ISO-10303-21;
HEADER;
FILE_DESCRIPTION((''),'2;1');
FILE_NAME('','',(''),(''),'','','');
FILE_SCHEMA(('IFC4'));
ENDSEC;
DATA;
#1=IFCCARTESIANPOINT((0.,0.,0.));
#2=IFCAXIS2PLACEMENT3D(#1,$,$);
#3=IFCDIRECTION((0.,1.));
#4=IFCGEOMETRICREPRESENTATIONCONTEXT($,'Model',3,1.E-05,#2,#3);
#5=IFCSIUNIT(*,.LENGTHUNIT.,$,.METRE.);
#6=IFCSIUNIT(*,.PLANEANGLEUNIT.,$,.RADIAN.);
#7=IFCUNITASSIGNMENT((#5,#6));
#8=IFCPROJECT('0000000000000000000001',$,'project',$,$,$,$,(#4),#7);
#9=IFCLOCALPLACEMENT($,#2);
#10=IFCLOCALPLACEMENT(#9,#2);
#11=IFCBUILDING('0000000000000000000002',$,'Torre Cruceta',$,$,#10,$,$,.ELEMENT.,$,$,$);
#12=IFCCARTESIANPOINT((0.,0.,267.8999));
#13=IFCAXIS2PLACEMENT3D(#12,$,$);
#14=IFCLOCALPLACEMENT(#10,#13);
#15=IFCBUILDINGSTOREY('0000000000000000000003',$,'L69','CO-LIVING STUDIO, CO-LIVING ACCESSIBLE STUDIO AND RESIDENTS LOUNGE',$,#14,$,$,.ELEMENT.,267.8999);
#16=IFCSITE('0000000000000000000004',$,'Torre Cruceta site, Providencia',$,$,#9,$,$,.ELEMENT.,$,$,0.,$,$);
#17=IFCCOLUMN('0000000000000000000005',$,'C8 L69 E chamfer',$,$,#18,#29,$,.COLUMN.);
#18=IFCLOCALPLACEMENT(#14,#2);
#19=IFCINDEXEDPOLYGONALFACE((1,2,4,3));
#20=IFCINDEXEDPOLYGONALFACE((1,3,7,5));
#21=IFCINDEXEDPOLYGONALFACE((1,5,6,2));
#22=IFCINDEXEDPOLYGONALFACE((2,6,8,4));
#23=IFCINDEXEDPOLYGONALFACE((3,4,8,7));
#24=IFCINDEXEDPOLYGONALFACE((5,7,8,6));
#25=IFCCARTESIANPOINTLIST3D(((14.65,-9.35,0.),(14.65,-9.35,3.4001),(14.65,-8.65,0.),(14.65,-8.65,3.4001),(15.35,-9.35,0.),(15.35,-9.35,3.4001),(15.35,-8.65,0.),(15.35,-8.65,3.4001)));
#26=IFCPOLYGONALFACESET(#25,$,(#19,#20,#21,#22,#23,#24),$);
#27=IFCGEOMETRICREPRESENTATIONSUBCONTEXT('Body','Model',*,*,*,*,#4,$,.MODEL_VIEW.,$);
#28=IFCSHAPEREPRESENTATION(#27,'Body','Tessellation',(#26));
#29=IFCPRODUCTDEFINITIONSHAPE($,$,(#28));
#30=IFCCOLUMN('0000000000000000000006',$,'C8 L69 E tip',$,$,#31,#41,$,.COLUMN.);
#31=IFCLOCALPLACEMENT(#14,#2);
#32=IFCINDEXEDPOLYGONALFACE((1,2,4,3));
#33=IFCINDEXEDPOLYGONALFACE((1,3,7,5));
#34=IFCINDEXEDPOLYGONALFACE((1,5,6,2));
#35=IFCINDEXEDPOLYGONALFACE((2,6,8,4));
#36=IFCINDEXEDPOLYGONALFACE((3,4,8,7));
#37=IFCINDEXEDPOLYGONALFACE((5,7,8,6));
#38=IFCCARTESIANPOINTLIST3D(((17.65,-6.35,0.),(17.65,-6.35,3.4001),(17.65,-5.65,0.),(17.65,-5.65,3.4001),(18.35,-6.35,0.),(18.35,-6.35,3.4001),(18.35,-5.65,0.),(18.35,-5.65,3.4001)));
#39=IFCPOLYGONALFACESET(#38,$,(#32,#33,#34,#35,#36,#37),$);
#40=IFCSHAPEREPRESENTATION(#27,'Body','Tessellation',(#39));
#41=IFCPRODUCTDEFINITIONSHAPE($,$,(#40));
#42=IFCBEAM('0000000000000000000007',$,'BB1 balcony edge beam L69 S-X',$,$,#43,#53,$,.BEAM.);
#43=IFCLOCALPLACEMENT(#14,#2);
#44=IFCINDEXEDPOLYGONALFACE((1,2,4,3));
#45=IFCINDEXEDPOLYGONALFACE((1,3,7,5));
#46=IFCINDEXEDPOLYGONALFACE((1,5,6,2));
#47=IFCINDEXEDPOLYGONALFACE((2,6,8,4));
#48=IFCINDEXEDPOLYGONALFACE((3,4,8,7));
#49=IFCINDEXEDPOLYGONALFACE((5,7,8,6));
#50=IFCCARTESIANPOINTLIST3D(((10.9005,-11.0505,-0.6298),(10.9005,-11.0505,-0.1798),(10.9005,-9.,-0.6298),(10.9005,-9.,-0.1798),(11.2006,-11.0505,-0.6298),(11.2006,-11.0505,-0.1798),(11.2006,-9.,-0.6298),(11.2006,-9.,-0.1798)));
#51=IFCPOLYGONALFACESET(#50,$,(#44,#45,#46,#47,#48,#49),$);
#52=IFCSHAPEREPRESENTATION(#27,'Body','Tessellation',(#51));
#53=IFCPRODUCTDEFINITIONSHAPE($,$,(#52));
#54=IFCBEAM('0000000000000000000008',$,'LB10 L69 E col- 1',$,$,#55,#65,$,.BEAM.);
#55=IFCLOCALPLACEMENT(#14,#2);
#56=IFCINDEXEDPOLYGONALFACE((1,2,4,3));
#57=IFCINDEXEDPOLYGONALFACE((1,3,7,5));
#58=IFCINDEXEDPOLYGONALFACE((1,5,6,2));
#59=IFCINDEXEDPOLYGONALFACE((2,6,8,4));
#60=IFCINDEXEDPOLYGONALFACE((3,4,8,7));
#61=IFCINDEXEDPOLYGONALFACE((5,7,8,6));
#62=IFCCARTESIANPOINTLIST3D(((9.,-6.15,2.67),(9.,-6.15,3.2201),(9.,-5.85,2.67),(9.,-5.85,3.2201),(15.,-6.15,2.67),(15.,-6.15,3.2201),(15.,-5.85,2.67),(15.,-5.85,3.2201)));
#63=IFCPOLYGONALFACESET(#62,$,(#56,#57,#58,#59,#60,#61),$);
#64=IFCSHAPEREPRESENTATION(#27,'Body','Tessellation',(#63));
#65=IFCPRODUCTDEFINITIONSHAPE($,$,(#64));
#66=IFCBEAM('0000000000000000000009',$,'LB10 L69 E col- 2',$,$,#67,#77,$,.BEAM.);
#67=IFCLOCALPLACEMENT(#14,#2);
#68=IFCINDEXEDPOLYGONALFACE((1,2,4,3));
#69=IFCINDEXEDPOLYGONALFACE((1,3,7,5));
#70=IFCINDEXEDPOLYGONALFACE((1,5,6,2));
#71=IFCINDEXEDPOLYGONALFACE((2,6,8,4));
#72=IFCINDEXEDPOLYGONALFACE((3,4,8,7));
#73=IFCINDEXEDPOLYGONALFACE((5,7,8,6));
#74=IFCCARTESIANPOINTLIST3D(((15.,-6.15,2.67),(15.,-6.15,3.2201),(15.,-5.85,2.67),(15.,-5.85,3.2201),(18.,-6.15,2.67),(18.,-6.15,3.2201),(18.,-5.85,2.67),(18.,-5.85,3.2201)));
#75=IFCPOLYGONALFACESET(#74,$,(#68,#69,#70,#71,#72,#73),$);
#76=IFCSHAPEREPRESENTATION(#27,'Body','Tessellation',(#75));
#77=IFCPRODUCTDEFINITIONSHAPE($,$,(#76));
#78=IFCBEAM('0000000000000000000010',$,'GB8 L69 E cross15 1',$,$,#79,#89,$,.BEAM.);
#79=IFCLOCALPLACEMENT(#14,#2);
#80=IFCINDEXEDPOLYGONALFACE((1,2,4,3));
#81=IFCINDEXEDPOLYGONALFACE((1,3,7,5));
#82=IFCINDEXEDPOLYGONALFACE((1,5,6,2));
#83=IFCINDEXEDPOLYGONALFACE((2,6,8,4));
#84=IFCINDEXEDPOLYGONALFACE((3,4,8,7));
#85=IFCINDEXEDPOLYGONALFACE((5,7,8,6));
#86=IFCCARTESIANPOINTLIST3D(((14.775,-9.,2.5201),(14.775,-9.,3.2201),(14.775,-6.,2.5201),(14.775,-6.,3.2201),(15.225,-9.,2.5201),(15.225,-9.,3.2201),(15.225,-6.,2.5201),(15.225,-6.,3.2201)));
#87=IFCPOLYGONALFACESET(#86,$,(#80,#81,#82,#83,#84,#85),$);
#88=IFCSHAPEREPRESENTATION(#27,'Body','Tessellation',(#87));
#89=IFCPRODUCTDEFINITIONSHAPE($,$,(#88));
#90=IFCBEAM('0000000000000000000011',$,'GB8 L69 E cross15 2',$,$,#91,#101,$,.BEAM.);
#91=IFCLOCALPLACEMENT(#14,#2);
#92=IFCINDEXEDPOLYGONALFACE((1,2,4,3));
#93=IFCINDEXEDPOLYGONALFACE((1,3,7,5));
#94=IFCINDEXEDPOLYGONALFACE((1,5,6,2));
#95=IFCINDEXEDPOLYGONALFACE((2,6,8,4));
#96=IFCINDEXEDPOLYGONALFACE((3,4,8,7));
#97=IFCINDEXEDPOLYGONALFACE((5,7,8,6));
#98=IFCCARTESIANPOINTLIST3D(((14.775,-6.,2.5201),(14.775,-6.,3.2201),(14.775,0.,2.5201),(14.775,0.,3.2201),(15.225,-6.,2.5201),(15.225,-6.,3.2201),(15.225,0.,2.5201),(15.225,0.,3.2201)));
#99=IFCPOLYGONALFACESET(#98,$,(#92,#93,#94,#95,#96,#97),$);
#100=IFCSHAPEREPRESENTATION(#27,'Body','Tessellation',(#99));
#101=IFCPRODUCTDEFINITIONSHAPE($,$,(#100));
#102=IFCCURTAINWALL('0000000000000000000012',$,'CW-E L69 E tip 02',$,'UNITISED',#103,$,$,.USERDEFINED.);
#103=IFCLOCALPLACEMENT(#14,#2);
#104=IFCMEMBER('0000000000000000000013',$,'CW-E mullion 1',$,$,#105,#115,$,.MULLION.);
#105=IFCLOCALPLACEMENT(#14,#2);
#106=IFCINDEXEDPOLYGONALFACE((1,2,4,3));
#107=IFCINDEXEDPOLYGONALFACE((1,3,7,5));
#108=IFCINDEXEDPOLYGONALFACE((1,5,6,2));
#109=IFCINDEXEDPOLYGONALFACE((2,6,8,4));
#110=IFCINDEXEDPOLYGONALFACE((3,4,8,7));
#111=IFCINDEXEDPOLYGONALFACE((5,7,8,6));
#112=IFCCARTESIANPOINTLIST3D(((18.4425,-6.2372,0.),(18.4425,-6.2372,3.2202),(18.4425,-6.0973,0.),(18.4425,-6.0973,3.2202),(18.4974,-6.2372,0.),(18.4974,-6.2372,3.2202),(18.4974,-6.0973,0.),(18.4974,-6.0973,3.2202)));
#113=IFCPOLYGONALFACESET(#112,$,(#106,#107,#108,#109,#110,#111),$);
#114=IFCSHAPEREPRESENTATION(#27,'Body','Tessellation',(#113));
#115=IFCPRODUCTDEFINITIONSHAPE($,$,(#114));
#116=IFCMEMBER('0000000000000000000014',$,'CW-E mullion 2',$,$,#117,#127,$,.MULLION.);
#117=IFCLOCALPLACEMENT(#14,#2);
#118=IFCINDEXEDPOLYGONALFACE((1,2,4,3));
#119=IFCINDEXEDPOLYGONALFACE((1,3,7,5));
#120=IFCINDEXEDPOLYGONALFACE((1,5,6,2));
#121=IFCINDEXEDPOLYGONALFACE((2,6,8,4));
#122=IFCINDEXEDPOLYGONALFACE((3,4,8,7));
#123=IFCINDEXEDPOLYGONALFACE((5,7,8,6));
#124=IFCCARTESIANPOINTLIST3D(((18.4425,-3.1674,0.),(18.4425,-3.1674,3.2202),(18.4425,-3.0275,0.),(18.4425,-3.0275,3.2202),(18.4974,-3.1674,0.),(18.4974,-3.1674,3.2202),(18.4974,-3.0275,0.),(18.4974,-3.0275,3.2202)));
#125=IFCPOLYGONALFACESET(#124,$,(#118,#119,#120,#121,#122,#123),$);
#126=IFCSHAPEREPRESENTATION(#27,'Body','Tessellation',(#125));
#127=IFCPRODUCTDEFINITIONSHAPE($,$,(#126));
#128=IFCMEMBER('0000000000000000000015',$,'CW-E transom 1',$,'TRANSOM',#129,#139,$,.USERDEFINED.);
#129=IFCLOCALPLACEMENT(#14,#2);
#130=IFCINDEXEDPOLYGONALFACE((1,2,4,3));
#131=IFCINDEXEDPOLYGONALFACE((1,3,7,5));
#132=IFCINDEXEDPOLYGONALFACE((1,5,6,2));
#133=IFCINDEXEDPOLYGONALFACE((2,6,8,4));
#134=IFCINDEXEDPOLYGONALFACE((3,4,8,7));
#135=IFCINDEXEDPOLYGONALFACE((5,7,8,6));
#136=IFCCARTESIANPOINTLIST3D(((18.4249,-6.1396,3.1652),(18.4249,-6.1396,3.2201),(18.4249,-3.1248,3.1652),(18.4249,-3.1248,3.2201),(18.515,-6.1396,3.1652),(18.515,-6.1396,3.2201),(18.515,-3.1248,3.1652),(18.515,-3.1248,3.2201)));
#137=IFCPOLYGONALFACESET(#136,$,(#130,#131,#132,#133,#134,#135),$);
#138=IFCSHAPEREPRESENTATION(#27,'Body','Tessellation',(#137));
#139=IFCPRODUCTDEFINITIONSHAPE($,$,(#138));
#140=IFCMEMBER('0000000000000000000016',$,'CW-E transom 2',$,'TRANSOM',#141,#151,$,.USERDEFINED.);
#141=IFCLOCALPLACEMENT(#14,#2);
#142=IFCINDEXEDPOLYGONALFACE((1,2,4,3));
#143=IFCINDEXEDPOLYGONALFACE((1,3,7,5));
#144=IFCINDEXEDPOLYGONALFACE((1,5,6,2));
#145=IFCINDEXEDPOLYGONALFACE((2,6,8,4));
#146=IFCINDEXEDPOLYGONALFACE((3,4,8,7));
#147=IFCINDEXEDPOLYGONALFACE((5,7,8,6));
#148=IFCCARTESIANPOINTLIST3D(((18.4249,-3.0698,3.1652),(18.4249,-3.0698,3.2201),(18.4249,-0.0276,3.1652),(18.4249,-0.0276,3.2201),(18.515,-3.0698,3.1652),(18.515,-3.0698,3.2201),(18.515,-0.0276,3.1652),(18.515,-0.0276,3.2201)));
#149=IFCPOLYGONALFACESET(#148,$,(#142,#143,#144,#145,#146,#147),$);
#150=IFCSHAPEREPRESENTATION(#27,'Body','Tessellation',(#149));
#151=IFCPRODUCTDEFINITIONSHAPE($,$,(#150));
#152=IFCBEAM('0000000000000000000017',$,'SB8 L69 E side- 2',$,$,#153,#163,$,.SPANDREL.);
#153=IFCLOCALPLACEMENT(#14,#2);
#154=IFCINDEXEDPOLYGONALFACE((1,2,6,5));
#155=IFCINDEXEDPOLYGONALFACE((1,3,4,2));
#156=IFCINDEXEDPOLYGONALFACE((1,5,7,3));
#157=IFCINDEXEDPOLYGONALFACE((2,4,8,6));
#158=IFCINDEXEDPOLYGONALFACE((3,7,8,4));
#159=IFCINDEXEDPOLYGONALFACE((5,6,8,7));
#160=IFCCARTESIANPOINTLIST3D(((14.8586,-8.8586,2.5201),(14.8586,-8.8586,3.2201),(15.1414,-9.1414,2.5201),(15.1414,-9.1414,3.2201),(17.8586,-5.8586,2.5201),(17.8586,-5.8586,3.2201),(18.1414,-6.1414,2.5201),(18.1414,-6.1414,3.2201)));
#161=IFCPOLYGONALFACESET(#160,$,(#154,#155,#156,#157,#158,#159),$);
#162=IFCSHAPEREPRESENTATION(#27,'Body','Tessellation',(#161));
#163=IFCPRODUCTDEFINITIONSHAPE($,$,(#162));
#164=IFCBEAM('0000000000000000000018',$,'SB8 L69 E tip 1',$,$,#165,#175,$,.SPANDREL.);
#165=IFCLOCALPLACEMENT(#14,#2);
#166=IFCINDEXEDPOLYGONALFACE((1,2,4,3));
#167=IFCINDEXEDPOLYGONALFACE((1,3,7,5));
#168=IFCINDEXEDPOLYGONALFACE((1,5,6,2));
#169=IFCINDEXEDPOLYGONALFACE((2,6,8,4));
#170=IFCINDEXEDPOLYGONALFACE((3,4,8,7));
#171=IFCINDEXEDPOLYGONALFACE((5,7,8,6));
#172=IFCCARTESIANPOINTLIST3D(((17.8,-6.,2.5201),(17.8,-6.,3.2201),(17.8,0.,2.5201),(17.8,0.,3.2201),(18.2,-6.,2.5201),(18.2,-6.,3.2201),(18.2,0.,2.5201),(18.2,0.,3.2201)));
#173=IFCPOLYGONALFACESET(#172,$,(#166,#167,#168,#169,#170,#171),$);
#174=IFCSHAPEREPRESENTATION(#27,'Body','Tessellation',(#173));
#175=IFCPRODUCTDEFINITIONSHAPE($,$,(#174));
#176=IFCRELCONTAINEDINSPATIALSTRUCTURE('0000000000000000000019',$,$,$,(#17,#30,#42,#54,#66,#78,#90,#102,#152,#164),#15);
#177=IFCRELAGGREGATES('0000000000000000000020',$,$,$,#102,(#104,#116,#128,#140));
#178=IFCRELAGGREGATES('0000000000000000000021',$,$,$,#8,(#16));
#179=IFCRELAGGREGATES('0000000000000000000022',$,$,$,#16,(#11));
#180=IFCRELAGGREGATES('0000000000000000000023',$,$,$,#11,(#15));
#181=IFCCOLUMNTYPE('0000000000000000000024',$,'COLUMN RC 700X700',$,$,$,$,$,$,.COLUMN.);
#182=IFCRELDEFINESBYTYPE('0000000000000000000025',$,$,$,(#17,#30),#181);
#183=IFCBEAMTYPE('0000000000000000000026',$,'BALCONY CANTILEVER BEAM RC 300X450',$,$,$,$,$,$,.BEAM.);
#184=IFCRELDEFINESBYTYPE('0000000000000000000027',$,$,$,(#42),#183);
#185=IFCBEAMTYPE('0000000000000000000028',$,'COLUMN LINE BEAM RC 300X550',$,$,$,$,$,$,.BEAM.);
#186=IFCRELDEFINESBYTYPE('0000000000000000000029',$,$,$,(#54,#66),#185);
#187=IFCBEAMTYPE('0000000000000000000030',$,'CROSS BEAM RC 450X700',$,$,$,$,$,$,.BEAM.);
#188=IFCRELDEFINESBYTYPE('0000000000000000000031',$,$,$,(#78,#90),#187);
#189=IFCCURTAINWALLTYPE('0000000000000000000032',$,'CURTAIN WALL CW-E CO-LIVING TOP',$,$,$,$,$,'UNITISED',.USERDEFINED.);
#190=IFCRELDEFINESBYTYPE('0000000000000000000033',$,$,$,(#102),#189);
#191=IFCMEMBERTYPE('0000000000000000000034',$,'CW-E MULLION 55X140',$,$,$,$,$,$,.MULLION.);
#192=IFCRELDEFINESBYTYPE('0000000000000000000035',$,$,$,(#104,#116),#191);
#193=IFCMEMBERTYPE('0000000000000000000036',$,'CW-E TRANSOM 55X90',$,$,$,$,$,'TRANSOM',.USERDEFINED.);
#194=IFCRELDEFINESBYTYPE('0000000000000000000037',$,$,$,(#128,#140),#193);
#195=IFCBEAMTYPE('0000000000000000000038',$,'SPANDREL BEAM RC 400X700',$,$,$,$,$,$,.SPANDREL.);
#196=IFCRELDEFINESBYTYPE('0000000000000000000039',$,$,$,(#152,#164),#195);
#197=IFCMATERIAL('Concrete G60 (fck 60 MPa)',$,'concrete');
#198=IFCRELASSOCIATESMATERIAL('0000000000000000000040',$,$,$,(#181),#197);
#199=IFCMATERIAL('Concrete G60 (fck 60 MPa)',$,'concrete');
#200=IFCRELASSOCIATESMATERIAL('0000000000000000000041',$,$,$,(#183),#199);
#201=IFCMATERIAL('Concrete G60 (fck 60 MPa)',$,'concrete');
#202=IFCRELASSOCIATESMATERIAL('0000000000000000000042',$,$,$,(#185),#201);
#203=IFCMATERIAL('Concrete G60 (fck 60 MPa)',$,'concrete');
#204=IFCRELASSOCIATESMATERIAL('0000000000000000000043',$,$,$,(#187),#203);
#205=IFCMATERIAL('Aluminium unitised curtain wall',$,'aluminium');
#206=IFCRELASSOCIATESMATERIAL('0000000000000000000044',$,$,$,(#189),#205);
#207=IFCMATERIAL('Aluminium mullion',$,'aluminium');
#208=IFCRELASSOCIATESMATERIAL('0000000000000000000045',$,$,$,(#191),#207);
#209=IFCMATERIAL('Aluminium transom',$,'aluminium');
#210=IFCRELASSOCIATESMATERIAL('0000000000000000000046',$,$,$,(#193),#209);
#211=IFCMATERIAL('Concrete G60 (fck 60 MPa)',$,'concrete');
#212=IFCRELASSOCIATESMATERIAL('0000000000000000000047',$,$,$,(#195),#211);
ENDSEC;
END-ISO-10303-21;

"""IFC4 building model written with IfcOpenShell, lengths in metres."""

from ifc_helpers import new_model, si_unit, direction, frame, origin, origin_2d, place, context, subcontext, project, spatial, rectangle, extrude, material, material_profile, profile_set, type_object, element, aggregate, save


model = new_model("IFC4")

# Units and contexts
model_context = context("Model", 3, precision=1e-05, world=origin(), true_north=direction((0.0, 1.0)))
body_context = subcontext(model_context, "Body", "Model", "MODEL_VIEW")
ifc_project = project(units=[si_unit("LENGTHUNIT", "METRE"), si_unit("PLANEANGLEUNIT", "RADIAN")], contexts=[model_context])

# Site, building, storey
site_placement = place(None, origin())
site = spatial("IfcSite", under=ifc_project, at=site_placement, Name="Torre Cruceta site, Providencia", CompositionType="ELEMENT", RefElevation=0.0)
building_placement = place(site_placement, origin())
building = spatial("IfcBuilding", under=site, at=building_placement, Name="Torre Cruceta", CompositionType="ELEMENT")
storey_placement = place(building_placement, frame((0.0, 0.0, 267.8999)))
storey = spatial("IfcBuildingStorey", under=building, at=storey_placement, Name="L69", Description="CO-LIVING STUDIO, CO-LIVING ACCESSIBLE STUDIO AND RESIDENTS LOUNGE", CompositionType="ELEMENT", Elevation=267.8999)

# Columns
ifc_material_1 = material(Name="Concrete G60 (fck 60 MPa)", Category="concrete")
ifc_material_profile_1 = material_profile(ifc_material_1, rectangle(XDim=0.7, YDim=0.7, at=origin_2d()), Name="RC 700X700")
ifc_profile_set_1 = profile_set([ifc_material_profile_1], Name="Concrete G60 (fck 60 MPa)")
column_type = type_object("IfcColumnType", Name="COLUMN RC 700X700", PredefinedType="COLUMN", material=ifc_profile_set_1)
for number, where, z_axis, x_axis, name in (
    (1, (15.0, -9.0, 0.0), (0.0, 0.0, 1.0), (1.0, 0.0, 0.0), "C8 L69 E chamfer"),
    (2, (18.0, -6.0, 0.0), (0.0, 0.0, 1.0), (1.0, 0.0, 0.0), "C8 L69 E tip"),
):
    element("IfcColumn", number, at=place(storey_placement, frame(where, z_axis=z_axis, x_axis=x_axis)), inside=storey, type_object=column_type, Name=name, PredefinedType="COLUMN", context=body_context, shape_type="SweptSolid", body=[
        extrude(rectangle(XDim=0.7, YDim=0.7, at=origin_2d()), origin(), (0.0, 0.0, 1.0), 3.4001),
    ])

# Beams
ifc_material_2 = material(Name="Concrete G60 (fck 60 MPa)", Category="concrete")
ifc_material_profile_2 = material_profile(ifc_material_2, rectangle(XDim=0.3, YDim=0.45, at=origin_2d()), Name="RC 300X450")
ifc_profile_set_2 = profile_set([ifc_material_profile_2], Name="Concrete G60 (fck 60 MPa)")
beam_type_1 = type_object("IfcBeamType", Name="BALCONY CANTILEVER BEAM RC 300X450", PredefinedType="BEAM", material=ifc_profile_set_2)
beam_1_placement = place(storey_placement, frame((11.0505, -9.0, -0.4048), z_axis=(0.0, -1.0, 0.0), x_axis=(1.0, 0.0, 0.0)))
element("IfcBeam", 3, at=beam_1_placement, inside=storey, type_object=beam_type_1, Name="BB1 balcony edge beam L69 S-X", PredefinedType="BEAM", context=body_context, shape_type="SweptSolid", body=[
    extrude(rectangle(XDim=0.3, YDim=0.45, at=origin_2d()), origin(), (0.0, 0.0, 1.0), 2.0505),
])
ifc_material_3 = material(Name="Concrete G60 (fck 60 MPa)", Category="concrete")
ifc_material_profile_3 = material_profile(ifc_material_3, rectangle(XDim=0.3, YDim=0.55, at=origin_2d()), Name="RC 300X550")
ifc_profile_set_3 = profile_set([ifc_material_profile_3], Name="Concrete G60 (fck 60 MPa)")
beam_type_2 = type_object("IfcBeamType", Name="COLUMN LINE BEAM RC 300X550", PredefinedType="BEAM", material=ifc_profile_set_3)
beam_2_placement = place(storey_placement, frame((9.0, -6.0, 2.9451), z_axis=(1.0, 0.0, 0.0), x_axis=(0.0, 1.0, 0.0)))
element("IfcBeam", 4, at=beam_2_placement, inside=storey, type_object=beam_type_2, Name="LB10 L69 E col- 1", PredefinedType="BEAM", context=body_context, shape_type="SweptSolid", body=[
    extrude(rectangle(XDim=0.3, YDim=0.55, at=origin_2d()), origin(), (0.0, 0.0, 1.0), 6.0),
])
beam_3_placement = place(storey_placement, frame((15.0, -6.0, 2.9451), z_axis=(1.0, 0.0, 0.0), x_axis=(0.0, 1.0, 0.0)))
element("IfcBeam", 5, at=beam_3_placement, inside=storey, type_object=beam_type_2, Name="LB10 L69 E col- 2", PredefinedType="BEAM", context=body_context, shape_type="SweptSolid", body=[
    extrude(rectangle(XDim=0.3, YDim=0.55, at=origin_2d()), origin(), (0.0, 0.0, 1.0), 3.0),
])
ifc_material_4 = material(Name="Concrete G60 (fck 60 MPa)", Category="concrete")
ifc_material_profile_4 = material_profile(ifc_material_4, rectangle(XDim=0.45, YDim=0.7, at=origin_2d()), Name="RC 450X700")
ifc_profile_set_4 = profile_set([ifc_material_profile_4], Name="Concrete G60 (fck 60 MPa)")
beam_type_3 = type_object("IfcBeamType", Name="CROSS BEAM RC 450X700", PredefinedType="BEAM", material=ifc_profile_set_4)
beam_4_placement = place(storey_placement, frame((15.0, -9.0, 2.8701), z_axis=(0.0, 1.0, 0.0), x_axis=(-1.0, 0.0, 0.0)))
element("IfcBeam", 6, at=beam_4_placement, inside=storey, type_object=beam_type_3, Name="GB8 L69 E cross15 1", PredefinedType="BEAM", context=body_context, shape_type="SweptSolid", body=[
    extrude(rectangle(XDim=0.45, YDim=0.7, at=origin_2d()), origin(), (0.0, 0.0, 1.0), 3.0),
])
beam_5_placement = place(storey_placement, frame((15.0, -6.0, 2.8701), z_axis=(0.0, 1.0, 0.0), x_axis=(-1.0, 0.0, 0.0)))
element("IfcBeam", 7, at=beam_5_placement, inside=storey, type_object=beam_type_3, Name="GB8 L69 E cross15 2", PredefinedType="BEAM", context=body_context, shape_type="SweptSolid", body=[
    extrude(rectangle(XDim=0.45, YDim=0.7, at=origin_2d()), origin(), (0.0, 0.0, 1.0), 6.0),
])

# Curtain wall, members
ifc_material_5 = material(Name="Aluminium unitised curtain wall", Category="aluminium")
curtain_wall_type = type_object("IfcCurtainWallType", Name="CURTAIN WALL CW-E CO-LIVING TOP", ElementType="UNITISED", PredefinedType="USERDEFINED", material=ifc_material_5)
curtain_wall_placement = place(storey_placement, origin())
curtain_wall = element("IfcCurtainWall", 8, at=curtain_wall_placement, inside=storey, type_object=curtain_wall_type, Name="CW-E L69 E tip 02", ObjectType="UNITISED", PredefinedType="USERDEFINED")
ifc_material_6 = material(Name="Aluminium mullion", Category="aluminium")
ifc_material_profile_5 = material_profile(ifc_material_6, rectangle(XDim=0.0549, YDim=0.1399, at=origin_2d()), Name="AL 55X140")
ifc_profile_set_5 = profile_set([ifc_material_profile_5], Name="Aluminium mullion")
member_type_1 = type_object("IfcMemberType", Name="CW-E MULLION 55X140", PredefinedType="MULLION", material=ifc_profile_set_5)
member_1_placement = place(storey_placement, frame((18.47, -6.1672, 0.0), z_axis=(0.0, 0.0, 1.0), x_axis=(-1.0, 0.0, 0.0)))
member_1 = element("IfcMember", 9, at=member_1_placement, type_object=member_type_1, Name="CW-E mullion 1", PredefinedType="MULLION", context=body_context, shape_type="SweptSolid", body=[
    extrude(rectangle(XDim=0.0549, YDim=0.1399, at=origin_2d()), origin(), (0.0, 0.0, 1.0), 3.2202),
])
member_2_placement = place(storey_placement, frame((18.47, -3.0974, 0.0), z_axis=(0.0, 0.0, 1.0), x_axis=(-1.0, 0.0, 0.0)))
member_2 = element("IfcMember", 10, at=member_2_placement, type_object=member_type_1, Name="CW-E mullion 2", PredefinedType="MULLION", context=body_context, shape_type="SweptSolid", body=[
    extrude(rectangle(XDim=0.0549, YDim=0.1399, at=origin_2d()), origin(), (0.0, 0.0, 1.0), 3.2202),
])
ifc_material_7 = material(Name="Aluminium transom", Category="aluminium")
ifc_material_profile_6 = material_profile(ifc_material_7, rectangle(XDim=0.0901, YDim=0.0549, at=origin_2d()), Name="AL 90X55")
ifc_profile_set_6 = profile_set([ifc_material_profile_6], Name="Aluminium transom")
member_type_2 = type_object("IfcMemberType", Name="CW-E TRANSOM 55X90", ElementType="TRANSOM", PredefinedType="USERDEFINED", material=ifc_profile_set_6)
member_3_placement = place(storey_placement, frame((18.47, -6.1396, 3.1926), z_axis=(0.0, 1.0, 0.0), x_axis=(-1.0, 0.0, 0.0)))
member_3 = element("IfcMember", 11, at=member_3_placement, type_object=member_type_2, Name="CW-E transom 1", ObjectType="TRANSOM", PredefinedType="USERDEFINED", context=body_context, shape_type="SweptSolid", body=[
    extrude(rectangle(XDim=0.0901, YDim=0.0549, at=origin_2d()), origin(), (0.0, 0.0, 1.0), 3.0149),
])
member_4_placement = place(storey_placement, frame((18.47, -3.0698, 3.1926), z_axis=(0.0, 1.0, 0.0), x_axis=(-1.0, 0.0, 0.0)))
member_4 = element("IfcMember", 12, at=member_4_placement, type_object=member_type_2, Name="CW-E transom 2", ObjectType="TRANSOM", PredefinedType="USERDEFINED", context=body_context, shape_type="SweptSolid", body=[
    extrude(rectangle(XDim=0.0901, YDim=0.0549, at=origin_2d()), origin(), (0.0, 0.0, 1.0), 3.0422),
])

# Beams
ifc_material_8 = material(Name="Concrete G60 (fck 60 MPa)", Category="concrete")
ifc_material_profile_7 = material_profile(ifc_material_8, rectangle(XDim=0.3999, YDim=0.7, at=origin_2d()), Name="RC 400X700")
ifc_profile_set_7 = profile_set([ifc_material_profile_7], Name="Concrete G60 (fck 60 MPa)")
beam_type_4 = type_object("IfcBeamType", Name="SPANDREL BEAM RC 400X700", PredefinedType="SPANDREL", material=ifc_profile_set_7)
beam_6_placement = place(storey_placement, frame((15.0, -9.0, 2.8701), z_axis=(0.707107, 0.707107, 0.0), x_axis=(-0.707107, 0.707107, 0.0)))
element("IfcBeam", 13, at=beam_6_placement, inside=storey, type_object=beam_type_4, Name="SB8 L69 E side- 2", PredefinedType="SPANDREL", context=body_context, shape_type="SweptSolid", body=[
    extrude(rectangle(XDim=0.3999, YDim=0.7, at=origin_2d()), origin(), (0.0, 0.0, 1.0), 4.2427),
])
beam_7_placement = place(storey_placement, frame((18.0, -6.0, 2.8701), z_axis=(0.0, 1.0, 0.0), x_axis=(-1.0, 0.0, 0.0)))
element("IfcBeam", 14, at=beam_7_placement, inside=storey, type_object=beam_type_4, Name="SB8 L69 E tip 1", PredefinedType="SPANDREL", context=body_context, shape_type="SweptSolid", body=[
    extrude(rectangle(XDim=0.3999, YDim=0.7, at=origin_2d()), origin(), (0.0, 0.0, 1.0), 6.0),
])

aggregate(curtain_wall, [member_1, member_2, member_3, member_4])

save(model, "model.ifc")
